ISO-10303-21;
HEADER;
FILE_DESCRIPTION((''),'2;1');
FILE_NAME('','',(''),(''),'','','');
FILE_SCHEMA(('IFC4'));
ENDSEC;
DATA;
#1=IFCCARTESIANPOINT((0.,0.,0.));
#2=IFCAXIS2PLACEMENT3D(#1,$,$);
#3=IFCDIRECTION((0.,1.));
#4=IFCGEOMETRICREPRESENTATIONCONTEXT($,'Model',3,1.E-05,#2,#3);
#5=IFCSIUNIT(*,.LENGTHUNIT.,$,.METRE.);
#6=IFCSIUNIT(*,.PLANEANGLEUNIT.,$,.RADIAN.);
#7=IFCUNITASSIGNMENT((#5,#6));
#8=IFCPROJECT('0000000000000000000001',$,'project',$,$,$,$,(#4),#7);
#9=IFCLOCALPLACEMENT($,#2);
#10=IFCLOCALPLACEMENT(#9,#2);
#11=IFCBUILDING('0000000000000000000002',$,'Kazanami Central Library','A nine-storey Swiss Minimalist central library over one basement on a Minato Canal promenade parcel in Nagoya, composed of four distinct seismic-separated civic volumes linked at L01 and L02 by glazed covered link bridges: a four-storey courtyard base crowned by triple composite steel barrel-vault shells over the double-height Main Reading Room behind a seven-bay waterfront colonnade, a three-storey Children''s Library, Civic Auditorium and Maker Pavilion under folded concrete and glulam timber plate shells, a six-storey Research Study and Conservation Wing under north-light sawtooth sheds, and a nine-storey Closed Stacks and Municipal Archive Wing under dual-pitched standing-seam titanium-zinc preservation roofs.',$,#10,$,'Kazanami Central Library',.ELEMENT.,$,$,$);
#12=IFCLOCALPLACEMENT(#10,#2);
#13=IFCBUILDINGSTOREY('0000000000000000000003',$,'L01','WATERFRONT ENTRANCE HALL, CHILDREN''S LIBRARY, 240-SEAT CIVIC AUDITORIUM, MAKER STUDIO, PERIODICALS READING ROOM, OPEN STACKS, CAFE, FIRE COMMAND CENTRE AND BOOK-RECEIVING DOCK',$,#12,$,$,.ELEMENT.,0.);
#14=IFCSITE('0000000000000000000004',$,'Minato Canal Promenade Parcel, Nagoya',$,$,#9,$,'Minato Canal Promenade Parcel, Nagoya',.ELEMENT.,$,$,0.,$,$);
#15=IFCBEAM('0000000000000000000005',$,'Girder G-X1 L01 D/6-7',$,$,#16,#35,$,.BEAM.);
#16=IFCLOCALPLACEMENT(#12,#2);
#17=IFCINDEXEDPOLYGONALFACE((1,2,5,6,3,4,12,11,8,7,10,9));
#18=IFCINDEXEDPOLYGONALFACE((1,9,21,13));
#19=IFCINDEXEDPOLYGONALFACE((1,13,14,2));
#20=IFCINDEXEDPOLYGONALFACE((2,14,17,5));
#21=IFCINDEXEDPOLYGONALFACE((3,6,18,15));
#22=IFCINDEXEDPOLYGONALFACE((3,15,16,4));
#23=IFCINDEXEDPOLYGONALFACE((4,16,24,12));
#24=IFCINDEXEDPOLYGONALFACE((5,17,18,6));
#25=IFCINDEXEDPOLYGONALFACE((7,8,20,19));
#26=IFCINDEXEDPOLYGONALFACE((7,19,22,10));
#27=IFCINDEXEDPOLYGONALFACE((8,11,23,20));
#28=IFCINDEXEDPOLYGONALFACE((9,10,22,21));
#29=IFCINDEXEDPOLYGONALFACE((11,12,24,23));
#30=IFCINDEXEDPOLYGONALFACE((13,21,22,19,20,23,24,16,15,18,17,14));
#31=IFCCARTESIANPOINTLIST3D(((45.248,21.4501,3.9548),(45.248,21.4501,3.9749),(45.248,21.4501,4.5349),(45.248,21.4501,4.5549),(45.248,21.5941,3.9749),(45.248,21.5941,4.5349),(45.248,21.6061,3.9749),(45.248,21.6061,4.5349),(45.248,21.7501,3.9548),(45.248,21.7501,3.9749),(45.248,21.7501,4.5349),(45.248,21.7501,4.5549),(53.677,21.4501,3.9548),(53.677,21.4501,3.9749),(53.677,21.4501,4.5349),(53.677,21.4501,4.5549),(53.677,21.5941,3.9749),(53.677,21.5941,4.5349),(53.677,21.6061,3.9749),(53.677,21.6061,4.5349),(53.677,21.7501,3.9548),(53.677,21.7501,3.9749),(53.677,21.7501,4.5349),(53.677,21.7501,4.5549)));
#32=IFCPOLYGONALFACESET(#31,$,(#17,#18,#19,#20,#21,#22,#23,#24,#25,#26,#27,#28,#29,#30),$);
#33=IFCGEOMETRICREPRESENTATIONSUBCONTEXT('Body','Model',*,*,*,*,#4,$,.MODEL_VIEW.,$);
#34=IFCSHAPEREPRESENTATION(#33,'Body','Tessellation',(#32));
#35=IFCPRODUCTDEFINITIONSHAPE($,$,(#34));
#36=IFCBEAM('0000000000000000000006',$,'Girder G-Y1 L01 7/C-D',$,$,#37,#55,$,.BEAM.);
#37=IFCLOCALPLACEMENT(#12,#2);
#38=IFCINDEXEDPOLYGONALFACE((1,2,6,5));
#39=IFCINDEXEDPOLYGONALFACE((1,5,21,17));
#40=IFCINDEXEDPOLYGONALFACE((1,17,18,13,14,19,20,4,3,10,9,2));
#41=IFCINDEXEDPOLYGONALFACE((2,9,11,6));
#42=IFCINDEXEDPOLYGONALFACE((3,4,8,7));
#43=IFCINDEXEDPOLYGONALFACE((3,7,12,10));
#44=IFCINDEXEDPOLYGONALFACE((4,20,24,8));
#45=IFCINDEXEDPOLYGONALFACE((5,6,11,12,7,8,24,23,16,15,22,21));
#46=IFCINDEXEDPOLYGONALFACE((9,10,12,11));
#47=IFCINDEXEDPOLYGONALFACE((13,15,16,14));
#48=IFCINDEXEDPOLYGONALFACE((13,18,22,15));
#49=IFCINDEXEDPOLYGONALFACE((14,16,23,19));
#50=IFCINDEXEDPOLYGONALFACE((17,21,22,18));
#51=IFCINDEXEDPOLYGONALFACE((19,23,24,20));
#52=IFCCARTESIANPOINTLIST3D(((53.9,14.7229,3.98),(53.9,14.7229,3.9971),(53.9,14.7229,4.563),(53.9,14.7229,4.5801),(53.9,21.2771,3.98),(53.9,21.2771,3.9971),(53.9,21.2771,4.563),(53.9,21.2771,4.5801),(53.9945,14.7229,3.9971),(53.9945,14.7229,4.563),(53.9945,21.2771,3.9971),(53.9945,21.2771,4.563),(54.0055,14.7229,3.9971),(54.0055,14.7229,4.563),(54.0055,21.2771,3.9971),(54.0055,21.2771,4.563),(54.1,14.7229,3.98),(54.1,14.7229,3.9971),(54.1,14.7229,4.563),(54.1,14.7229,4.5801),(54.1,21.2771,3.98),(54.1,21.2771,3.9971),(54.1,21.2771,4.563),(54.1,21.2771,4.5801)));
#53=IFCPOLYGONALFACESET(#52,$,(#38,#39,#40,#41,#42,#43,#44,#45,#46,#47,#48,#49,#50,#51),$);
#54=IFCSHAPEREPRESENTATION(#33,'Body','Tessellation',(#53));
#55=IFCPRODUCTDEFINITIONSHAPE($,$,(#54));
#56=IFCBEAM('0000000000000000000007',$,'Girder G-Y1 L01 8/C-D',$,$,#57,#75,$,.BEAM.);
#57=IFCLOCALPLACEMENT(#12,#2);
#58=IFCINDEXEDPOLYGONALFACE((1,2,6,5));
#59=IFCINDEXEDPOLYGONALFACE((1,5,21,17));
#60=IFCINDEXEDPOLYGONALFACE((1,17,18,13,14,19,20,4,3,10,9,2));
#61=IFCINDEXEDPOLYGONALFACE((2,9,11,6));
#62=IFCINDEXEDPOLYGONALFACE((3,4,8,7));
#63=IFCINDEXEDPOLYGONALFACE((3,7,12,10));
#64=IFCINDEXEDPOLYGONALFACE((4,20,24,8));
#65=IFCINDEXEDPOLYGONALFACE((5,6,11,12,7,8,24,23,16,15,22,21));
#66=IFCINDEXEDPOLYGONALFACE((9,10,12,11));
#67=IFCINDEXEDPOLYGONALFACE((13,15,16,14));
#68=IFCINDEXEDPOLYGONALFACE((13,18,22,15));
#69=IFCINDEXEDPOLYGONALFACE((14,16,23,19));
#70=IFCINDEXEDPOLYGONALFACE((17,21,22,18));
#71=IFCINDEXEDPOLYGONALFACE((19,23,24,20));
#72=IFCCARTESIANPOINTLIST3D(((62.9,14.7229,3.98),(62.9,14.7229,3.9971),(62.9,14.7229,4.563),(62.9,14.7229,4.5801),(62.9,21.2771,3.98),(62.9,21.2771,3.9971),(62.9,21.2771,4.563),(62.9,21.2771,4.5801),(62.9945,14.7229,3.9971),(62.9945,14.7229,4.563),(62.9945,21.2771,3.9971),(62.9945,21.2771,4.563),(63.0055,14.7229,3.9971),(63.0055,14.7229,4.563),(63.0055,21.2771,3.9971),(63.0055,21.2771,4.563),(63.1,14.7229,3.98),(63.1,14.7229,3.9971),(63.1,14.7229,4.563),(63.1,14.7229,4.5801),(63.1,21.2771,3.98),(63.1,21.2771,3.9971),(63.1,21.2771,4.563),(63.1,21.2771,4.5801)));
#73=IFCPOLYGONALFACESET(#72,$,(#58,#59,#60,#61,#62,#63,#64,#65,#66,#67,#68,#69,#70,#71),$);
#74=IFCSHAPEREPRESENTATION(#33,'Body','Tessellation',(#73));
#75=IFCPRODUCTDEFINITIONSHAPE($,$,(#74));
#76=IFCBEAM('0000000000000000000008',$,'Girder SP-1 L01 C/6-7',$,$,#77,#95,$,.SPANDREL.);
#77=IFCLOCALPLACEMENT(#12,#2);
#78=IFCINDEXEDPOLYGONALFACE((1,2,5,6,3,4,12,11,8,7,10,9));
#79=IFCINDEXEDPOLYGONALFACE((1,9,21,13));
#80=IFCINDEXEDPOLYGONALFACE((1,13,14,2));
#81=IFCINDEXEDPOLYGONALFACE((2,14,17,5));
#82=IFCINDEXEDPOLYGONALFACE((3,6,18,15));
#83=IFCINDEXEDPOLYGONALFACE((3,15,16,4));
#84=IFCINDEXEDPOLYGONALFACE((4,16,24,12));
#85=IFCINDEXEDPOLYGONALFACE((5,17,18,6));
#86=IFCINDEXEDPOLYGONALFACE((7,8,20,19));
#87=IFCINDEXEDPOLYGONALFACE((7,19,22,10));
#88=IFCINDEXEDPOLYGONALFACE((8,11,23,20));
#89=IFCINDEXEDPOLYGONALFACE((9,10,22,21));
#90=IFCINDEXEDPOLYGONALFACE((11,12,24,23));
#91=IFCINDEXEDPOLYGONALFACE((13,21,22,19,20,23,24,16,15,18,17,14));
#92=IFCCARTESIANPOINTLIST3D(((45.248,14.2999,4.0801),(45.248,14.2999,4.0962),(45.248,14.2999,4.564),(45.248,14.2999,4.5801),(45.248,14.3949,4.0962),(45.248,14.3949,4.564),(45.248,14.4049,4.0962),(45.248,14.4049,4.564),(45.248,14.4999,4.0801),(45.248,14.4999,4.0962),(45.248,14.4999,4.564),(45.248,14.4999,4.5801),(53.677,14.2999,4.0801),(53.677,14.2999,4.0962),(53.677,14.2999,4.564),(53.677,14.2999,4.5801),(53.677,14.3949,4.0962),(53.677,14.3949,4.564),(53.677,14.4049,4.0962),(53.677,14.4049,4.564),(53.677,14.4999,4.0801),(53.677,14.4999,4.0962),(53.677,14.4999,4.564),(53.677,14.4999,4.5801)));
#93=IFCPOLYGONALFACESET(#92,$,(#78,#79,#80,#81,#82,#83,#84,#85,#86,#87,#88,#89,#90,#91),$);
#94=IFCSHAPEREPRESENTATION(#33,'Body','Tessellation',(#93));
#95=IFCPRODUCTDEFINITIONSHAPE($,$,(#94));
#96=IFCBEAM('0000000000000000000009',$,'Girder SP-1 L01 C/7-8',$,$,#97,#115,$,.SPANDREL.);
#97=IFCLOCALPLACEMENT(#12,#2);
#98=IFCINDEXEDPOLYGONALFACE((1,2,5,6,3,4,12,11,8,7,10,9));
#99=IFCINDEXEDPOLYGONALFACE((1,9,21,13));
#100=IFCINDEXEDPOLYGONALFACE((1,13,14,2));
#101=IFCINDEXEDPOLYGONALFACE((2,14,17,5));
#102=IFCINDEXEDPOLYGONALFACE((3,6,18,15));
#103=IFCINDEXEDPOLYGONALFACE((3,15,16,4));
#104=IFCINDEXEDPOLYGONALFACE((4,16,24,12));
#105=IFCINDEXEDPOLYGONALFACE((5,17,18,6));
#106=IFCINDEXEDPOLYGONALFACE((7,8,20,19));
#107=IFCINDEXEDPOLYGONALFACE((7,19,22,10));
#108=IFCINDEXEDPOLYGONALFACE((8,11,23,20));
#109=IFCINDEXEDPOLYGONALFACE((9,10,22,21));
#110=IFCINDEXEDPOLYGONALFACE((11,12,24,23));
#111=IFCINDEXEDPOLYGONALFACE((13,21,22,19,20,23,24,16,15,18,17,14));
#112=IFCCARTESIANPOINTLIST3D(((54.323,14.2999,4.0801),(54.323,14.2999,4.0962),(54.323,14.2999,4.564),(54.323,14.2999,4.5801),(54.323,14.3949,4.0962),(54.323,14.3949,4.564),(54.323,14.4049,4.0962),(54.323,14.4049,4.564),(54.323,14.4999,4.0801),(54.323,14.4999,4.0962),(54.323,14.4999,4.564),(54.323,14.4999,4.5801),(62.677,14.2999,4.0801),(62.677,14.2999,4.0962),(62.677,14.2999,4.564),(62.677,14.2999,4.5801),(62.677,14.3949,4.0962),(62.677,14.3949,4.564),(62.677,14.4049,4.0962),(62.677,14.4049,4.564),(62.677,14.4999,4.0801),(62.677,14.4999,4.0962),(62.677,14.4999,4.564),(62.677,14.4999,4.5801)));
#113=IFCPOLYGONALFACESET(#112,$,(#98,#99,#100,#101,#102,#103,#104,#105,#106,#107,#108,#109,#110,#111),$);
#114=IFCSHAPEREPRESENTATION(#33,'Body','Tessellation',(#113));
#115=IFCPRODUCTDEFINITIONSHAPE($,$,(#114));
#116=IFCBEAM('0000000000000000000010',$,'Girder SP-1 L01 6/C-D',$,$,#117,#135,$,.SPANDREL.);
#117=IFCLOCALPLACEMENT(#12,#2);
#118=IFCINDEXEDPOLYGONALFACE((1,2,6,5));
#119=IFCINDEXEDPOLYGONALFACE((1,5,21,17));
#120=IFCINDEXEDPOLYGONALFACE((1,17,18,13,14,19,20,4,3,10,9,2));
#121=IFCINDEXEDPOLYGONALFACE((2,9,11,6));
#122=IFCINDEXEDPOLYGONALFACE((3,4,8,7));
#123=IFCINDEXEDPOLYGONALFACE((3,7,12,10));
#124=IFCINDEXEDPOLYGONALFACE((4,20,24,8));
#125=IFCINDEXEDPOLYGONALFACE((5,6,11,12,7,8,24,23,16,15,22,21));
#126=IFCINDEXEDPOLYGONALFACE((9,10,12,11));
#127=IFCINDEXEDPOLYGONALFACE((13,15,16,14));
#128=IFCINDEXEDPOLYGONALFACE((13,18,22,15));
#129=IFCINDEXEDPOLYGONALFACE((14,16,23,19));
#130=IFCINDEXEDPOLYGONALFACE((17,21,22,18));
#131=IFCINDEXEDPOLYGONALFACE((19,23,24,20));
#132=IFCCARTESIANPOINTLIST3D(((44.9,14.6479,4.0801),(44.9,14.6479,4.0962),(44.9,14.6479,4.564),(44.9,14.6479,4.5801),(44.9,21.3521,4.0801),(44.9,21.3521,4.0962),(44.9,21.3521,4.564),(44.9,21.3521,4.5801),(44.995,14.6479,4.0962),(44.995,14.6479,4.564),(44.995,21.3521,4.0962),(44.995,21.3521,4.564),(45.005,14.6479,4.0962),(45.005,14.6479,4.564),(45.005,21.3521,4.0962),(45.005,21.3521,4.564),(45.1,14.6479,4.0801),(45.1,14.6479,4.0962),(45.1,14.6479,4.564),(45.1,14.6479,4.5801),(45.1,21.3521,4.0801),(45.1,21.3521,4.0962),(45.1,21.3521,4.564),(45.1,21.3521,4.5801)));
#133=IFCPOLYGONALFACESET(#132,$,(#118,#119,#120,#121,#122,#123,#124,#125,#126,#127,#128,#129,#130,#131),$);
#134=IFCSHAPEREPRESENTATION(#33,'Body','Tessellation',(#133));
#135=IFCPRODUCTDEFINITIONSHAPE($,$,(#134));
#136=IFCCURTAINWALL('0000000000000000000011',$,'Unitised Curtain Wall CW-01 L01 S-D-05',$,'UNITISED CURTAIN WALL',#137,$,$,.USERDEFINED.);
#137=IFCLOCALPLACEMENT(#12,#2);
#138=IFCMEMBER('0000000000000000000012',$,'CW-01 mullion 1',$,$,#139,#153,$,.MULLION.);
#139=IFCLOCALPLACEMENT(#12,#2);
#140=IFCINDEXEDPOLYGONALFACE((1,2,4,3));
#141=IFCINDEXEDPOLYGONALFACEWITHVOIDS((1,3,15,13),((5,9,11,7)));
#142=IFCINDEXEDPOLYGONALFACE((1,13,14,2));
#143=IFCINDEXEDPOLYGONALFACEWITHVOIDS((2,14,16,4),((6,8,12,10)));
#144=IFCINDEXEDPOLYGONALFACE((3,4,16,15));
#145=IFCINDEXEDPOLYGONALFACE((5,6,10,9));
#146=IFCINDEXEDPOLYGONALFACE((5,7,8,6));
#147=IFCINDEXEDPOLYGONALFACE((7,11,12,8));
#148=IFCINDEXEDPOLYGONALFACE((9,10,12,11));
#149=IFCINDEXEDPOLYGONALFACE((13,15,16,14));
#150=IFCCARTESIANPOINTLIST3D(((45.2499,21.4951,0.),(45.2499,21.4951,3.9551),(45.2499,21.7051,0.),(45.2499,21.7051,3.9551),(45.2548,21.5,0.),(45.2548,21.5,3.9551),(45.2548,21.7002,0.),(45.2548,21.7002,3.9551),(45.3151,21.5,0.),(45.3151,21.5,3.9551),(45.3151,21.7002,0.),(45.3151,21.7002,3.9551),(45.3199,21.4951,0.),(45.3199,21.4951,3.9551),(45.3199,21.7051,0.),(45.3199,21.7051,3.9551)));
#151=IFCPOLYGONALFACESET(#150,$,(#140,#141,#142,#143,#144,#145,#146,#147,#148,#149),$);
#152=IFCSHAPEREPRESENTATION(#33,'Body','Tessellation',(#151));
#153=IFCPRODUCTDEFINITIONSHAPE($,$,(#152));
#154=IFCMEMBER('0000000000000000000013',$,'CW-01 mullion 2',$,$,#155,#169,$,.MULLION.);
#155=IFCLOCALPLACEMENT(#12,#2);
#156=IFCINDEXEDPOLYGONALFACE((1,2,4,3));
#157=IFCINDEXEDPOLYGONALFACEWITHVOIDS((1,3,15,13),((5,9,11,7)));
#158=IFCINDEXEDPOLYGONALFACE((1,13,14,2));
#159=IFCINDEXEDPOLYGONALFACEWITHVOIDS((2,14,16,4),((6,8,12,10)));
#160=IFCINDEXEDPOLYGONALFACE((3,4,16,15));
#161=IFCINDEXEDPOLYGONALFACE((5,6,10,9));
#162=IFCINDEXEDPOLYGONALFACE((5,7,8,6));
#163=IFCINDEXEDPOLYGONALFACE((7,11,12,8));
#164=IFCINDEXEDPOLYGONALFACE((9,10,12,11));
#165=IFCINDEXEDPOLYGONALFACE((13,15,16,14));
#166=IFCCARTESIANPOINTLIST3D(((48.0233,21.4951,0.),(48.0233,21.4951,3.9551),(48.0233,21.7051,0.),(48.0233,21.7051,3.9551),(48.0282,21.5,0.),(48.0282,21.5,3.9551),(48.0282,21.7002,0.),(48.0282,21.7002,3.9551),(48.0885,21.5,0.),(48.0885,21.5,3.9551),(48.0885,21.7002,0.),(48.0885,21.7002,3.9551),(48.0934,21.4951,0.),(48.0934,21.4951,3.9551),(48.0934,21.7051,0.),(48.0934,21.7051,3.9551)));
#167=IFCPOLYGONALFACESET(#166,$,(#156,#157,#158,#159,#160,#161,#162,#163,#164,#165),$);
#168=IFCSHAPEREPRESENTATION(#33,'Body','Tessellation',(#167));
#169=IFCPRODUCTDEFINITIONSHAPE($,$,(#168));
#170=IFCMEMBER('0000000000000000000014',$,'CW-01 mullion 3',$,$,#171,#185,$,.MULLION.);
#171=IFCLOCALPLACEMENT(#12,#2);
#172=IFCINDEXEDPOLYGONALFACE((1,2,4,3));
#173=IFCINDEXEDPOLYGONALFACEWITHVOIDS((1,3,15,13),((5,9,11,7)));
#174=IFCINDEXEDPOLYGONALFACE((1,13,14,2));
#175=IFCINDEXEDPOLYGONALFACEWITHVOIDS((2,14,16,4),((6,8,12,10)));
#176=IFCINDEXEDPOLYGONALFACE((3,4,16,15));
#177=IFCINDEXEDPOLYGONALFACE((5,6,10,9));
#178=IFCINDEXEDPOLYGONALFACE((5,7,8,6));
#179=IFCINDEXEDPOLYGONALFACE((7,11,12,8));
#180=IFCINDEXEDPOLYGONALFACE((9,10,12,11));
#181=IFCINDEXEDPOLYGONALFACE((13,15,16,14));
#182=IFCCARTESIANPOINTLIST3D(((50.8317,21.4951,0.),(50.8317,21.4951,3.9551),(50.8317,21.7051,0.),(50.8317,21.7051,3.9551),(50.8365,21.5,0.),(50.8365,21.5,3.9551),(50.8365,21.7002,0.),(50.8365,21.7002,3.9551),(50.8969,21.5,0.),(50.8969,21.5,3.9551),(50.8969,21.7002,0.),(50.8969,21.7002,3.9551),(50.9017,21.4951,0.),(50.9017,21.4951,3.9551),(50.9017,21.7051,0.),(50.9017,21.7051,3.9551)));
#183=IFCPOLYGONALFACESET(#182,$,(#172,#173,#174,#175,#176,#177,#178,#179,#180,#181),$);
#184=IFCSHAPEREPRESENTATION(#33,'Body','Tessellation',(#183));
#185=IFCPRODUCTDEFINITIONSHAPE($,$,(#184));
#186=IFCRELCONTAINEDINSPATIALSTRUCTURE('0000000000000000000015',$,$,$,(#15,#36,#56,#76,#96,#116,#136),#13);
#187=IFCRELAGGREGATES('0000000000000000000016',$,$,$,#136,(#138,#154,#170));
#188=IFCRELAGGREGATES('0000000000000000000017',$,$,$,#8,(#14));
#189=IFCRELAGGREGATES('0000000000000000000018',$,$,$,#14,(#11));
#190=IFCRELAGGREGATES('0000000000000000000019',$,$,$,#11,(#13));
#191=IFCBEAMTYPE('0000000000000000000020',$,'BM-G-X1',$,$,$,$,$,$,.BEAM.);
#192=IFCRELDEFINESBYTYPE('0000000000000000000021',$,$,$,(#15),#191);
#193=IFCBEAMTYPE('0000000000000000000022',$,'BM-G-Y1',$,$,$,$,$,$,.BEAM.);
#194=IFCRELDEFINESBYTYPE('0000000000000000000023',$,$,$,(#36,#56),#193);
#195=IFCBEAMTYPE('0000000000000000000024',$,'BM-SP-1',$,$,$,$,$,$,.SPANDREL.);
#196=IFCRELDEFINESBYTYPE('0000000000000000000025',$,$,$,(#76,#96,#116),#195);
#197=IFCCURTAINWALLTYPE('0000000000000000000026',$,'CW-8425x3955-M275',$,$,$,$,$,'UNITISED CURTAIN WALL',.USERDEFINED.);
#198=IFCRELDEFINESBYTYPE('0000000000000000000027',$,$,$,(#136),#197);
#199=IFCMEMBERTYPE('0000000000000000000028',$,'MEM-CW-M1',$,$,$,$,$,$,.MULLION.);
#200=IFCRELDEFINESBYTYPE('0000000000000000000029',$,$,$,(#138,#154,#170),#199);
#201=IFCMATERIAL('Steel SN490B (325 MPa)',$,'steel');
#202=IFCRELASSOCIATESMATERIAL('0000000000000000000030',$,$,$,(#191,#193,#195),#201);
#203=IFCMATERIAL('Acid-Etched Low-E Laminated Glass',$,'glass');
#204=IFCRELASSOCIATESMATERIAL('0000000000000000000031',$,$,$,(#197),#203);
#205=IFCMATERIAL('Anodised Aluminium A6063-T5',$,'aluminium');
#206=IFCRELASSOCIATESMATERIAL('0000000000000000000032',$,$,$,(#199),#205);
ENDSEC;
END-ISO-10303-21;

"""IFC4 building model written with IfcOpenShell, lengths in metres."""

from ifc_helpers import new_model, si_unit, direction, frame, origin, origin_2d, place, context, subcontext, project, spatial, hollow_rectangle, i_section, extrude, material, material_profile, profile_set, type_object, element, aggregate, save


model = new_model("IFC4")

# Units and contexts
model_context = context("Model", 3, precision=1e-05, world=origin(), true_north=direction((0.0, 1.0)))
body_context = subcontext(model_context, "Body", "Model", "MODEL_VIEW")
ifc_project = project(units=[si_unit("LENGTHUNIT", "METRE"), si_unit("PLANEANGLEUNIT", "RADIAN")], contexts=[model_context])

# Site, building, storey
site_placement = place(None, origin())
site = spatial("IfcSite", under=ifc_project, at=site_placement, Name="Minato Canal Promenade Parcel, Nagoya", LongName="Minato Canal Promenade Parcel, Nagoya", CompositionType="ELEMENT", RefElevation=0.0)
building_placement = place(site_placement, origin())
building = spatial("IfcBuilding", under=site, at=building_placement, Name="Kazanami Central Library", Description="A nine-storey Swiss Minimalist central library over one basement on a Minato Canal promenade parcel in Nagoya, composed of four distinct seismic-separated civic volumes linked at L01 and L02 by glazed covered link bridges: a four-storey courtyard base crowned by triple composite steel barrel-vault shells over the double-height Main Reading Room behind a seven-bay waterfront colonnade, a three-storey Children's Library, Civic Auditorium and Maker Pavilion under folded concrete and glulam timber plate shells, a six-storey Research Study and Conservation Wing under north-light sawtooth sheds, and a nine-storey Closed Stacks and Municipal Archive Wing under dual-pitched standing-seam titanium-zinc preservation roofs.", LongName="Kazanami Central Library", CompositionType="ELEMENT")
storey_placement = place(building_placement, origin())
storey = spatial("IfcBuildingStorey", under=building, at=storey_placement, Name="L01", Description="WATERFRONT ENTRANCE HALL, CHILDREN'S LIBRARY, 240-SEAT CIVIC AUDITORIUM, MAKER STUDIO, PERIODICALS READING ROOM, OPEN STACKS, CAFE, FIRE COMMAND CENTRE AND BOOK-RECEIVING DOCK", CompositionType="ELEMENT", Elevation=0.0)

# Beams
ifc_material_1 = material(Name="Steel SN490B (325 MPa)", Category="steel")
ifc_material_profile_1 = material_profile(ifc_material_1, i_section(OverallWidth=0.3, OverallDepth=0.6001, WebThickness=0.012, FlangeThickness=0.02, at=origin_2d()), Name="H-600x300x12x20")
ifc_profile_set_1 = profile_set([ifc_material_profile_1], Name="Steel SN490B (325 MPa)")
beam_type_1 = type_object("IfcBeamType", Name="BM-G-X1", PredefinedType="BEAM", material=ifc_profile_set_1)
beam_1_placement = place(storey_placement, frame((45.248, 21.6001, 4.2549), z_axis=(1.0, 0.0, 0.0), x_axis=(0.0, 1.0, 0.0)))
element("IfcBeam", 1, at=beam_1_placement, inside=storey, type_object=beam_type_1, Name="Girder G-X1 L01 D/6-7", PredefinedType="BEAM", context=body_context, shape_type="SweptSolid", body=[
    extrude(i_section(OverallWidth=0.3, OverallDepth=0.6001, WebThickness=0.012, FlangeThickness=0.02, at=origin_2d()), origin(), (0.0, 0.0, 1.0), 8.429),
])
ifc_material_profile_2 = material_profile(ifc_material_1, i_section(OverallWidth=0.2, OverallDepth=0.6001, WebThickness=0.011, FlangeThickness=0.0171, at=origin_2d()), Name="H-600x200x11x17")
ifc_profile_set_2 = profile_set([ifc_material_profile_2], Name="Steel SN490B (325 MPa)")
beam_type_2 = type_object("IfcBeamType", Name="BM-G-Y1", PredefinedType="BEAM", material=ifc_profile_set_2)
for number, where, z_axis, x_axis, name in (
    (2, (54.0, 14.7229, 4.28), (0.0, 1.0, 0.0), (-1.0, 0.0, 0.0), "Girder G-Y1 L01 7/C-D"),
    (3, (63.0, 14.7229, 4.28), (0.0, 1.0, 0.0), (-1.0, 0.0, 0.0), "Girder G-Y1 L01 8/C-D"),
):
    element("IfcBeam", number, at=place(storey_placement, frame(where, z_axis=z_axis, x_axis=x_axis)), inside=storey, type_object=beam_type_2, Name=name, PredefinedType="BEAM", context=body_context, shape_type="SweptSolid", body=[
        extrude(i_section(OverallWidth=0.2, OverallDepth=0.6001, WebThickness=0.011, FlangeThickness=0.0171, at=origin_2d()), origin(), (0.0, 0.0, 1.0), 6.5542),
    ])
ifc_material_profile_3 = material_profile(ifc_material_1, i_section(OverallWidth=0.2, OverallDepth=0.5, WebThickness=0.01, FlangeThickness=0.0161, at=origin_2d()), Name="H-500x200x10x16")
ifc_profile_set_3 = profile_set([ifc_material_profile_3], Name="Steel SN490B (325 MPa)")
beam_type_3 = type_object("IfcBeamType", Name="BM-SP-1", PredefinedType="SPANDREL", material=ifc_profile_set_3)
beam_2_placement = place(storey_placement, frame((45.248, 14.3999, 4.3301), z_axis=(1.0, 0.0, 0.0), x_axis=(0.0, 1.0, 0.0)))
element("IfcBeam", 4, at=beam_2_placement, inside=storey, type_object=beam_type_3, Name="Girder SP-1 L01 C/6-7", PredefinedType="SPANDREL", context=body_context, shape_type="SweptSolid", body=[
    extrude(i_section(OverallWidth=0.2, OverallDepth=0.5, WebThickness=0.01, FlangeThickness=0.0161, at=origin_2d()), origin(), (0.0, 0.0, 1.0), 8.429),
])
beam_3_placement = place(storey_placement, frame((54.323, 14.3999, 4.3301), z_axis=(1.0, 0.0, 0.0), x_axis=(0.0, 1.0, 0.0)))
element("IfcBeam", 5, at=beam_3_placement, inside=storey, type_object=beam_type_3, Name="Girder SP-1 L01 C/7-8", PredefinedType="SPANDREL", context=body_context, shape_type="SweptSolid", body=[
    extrude(i_section(OverallWidth=0.2, OverallDepth=0.5, WebThickness=0.01, FlangeThickness=0.0161, at=origin_2d()), origin(), (0.0, 0.0, 1.0), 8.354),
])
beam_4_placement = place(storey_placement, frame((45.0, 14.6479, 4.3301), z_axis=(0.0, 1.0, 0.0), x_axis=(-1.0, 0.0, 0.0)))
element("IfcBeam", 6, at=beam_4_placement, inside=storey, type_object=beam_type_3, Name="Girder SP-1 L01 6/C-D", PredefinedType="SPANDREL", context=body_context, shape_type="SweptSolid", body=[
    extrude(i_section(OverallWidth=0.2, OverallDepth=0.5, WebThickness=0.01, FlangeThickness=0.0161, at=origin_2d()), origin(), (0.0, 0.0, 1.0), 6.7041),
])

# Curtain wall, members
ifc_material_2 = material(Name="Acid-Etched Low-E Laminated Glass", Category="glass")
curtain_wall_type = type_object("IfcCurtainWallType", Name="CW-8425x3955-M275", ElementType="UNITISED CURTAIN WALL", PredefinedType="USERDEFINED", material=ifc_material_2)
curtain_wall_placement = place(storey_placement, origin())
curtain_wall = element("IfcCurtainWall", 7, at=curtain_wall_placement, inside=storey, type_object=curtain_wall_type, Name="Unitised Curtain Wall CW-01 L01 S-D-05", ObjectType="UNITISED CURTAIN WALL", PredefinedType="USERDEFINED")
ifc_material_3 = material(Name="Anodised Aluminium A6063-T5", Category="aluminium")
ifc_material_profile_4 = material_profile(ifc_material_3, hollow_rectangle(XDim=0.0701, YDim=0.21, WallThickness=0.0049, at=origin_2d()), Name="ALU-MULL-70x210x5")
ifc_profile_set_4 = profile_set([ifc_material_profile_4], Name="Anodised Aluminium A6063-T5")
member_type_1 = type_object("IfcMemberType", Name="MEM-CW-M1", PredefinedType="MULLION", material=ifc_profile_set_4)
member_1_placement = place(storey_placement, frame((45.2849, 21.6001, 0.0), z_axis=(0.0, 0.0, 1.0), x_axis=(1.0, 0.0, 0.0)))
member_1 = element("IfcMember", 8, at=member_1_placement, type_object=member_type_1, Name="CW-01 mullion 1", PredefinedType="MULLION", context=body_context, shape_type="SweptSolid", body=[
    extrude(hollow_rectangle(XDim=0.0701, YDim=0.21, WallThickness=0.0049, at=origin_2d()), origin(), (0.0, 0.0, 1.0), 3.9551),
])
member_2_placement = place(storey_placement, frame((48.0583, 21.6001, 0.0), z_axis=(0.0, 0.0, 1.0), x_axis=(1.0, 0.0, 0.0)))
member_2 = element("IfcMember", 9, at=member_2_placement, type_object=member_type_1, Name="CW-01 mullion 2", PredefinedType="MULLION", context=body_context, shape_type="SweptSolid", body=[
    extrude(hollow_rectangle(XDim=0.0701, YDim=0.21, WallThickness=0.0049, at=origin_2d()), origin(), (0.0, 0.0, 1.0), 3.9551),
])
member_3_placement = place(storey_placement, frame((50.8667, 21.6001, 0.0), z_axis=(0.0, 0.0, 1.0), x_axis=(1.0, 0.0, 0.0)))
member_3 = element("IfcMember", 10, at=member_3_placement, type_object=member_type_1, Name="CW-01 mullion 3", PredefinedType="MULLION", context=body_context, shape_type="SweptSolid", body=[
    extrude(hollow_rectangle(XDim=0.0701, YDim=0.21, WallThickness=0.0049, at=origin_2d()), origin(), (0.0, 0.0, 1.0), 3.9551),
])

aggregate(curtain_wall, [member_1, member_2, member_3])

save(model, "model.ifc")
